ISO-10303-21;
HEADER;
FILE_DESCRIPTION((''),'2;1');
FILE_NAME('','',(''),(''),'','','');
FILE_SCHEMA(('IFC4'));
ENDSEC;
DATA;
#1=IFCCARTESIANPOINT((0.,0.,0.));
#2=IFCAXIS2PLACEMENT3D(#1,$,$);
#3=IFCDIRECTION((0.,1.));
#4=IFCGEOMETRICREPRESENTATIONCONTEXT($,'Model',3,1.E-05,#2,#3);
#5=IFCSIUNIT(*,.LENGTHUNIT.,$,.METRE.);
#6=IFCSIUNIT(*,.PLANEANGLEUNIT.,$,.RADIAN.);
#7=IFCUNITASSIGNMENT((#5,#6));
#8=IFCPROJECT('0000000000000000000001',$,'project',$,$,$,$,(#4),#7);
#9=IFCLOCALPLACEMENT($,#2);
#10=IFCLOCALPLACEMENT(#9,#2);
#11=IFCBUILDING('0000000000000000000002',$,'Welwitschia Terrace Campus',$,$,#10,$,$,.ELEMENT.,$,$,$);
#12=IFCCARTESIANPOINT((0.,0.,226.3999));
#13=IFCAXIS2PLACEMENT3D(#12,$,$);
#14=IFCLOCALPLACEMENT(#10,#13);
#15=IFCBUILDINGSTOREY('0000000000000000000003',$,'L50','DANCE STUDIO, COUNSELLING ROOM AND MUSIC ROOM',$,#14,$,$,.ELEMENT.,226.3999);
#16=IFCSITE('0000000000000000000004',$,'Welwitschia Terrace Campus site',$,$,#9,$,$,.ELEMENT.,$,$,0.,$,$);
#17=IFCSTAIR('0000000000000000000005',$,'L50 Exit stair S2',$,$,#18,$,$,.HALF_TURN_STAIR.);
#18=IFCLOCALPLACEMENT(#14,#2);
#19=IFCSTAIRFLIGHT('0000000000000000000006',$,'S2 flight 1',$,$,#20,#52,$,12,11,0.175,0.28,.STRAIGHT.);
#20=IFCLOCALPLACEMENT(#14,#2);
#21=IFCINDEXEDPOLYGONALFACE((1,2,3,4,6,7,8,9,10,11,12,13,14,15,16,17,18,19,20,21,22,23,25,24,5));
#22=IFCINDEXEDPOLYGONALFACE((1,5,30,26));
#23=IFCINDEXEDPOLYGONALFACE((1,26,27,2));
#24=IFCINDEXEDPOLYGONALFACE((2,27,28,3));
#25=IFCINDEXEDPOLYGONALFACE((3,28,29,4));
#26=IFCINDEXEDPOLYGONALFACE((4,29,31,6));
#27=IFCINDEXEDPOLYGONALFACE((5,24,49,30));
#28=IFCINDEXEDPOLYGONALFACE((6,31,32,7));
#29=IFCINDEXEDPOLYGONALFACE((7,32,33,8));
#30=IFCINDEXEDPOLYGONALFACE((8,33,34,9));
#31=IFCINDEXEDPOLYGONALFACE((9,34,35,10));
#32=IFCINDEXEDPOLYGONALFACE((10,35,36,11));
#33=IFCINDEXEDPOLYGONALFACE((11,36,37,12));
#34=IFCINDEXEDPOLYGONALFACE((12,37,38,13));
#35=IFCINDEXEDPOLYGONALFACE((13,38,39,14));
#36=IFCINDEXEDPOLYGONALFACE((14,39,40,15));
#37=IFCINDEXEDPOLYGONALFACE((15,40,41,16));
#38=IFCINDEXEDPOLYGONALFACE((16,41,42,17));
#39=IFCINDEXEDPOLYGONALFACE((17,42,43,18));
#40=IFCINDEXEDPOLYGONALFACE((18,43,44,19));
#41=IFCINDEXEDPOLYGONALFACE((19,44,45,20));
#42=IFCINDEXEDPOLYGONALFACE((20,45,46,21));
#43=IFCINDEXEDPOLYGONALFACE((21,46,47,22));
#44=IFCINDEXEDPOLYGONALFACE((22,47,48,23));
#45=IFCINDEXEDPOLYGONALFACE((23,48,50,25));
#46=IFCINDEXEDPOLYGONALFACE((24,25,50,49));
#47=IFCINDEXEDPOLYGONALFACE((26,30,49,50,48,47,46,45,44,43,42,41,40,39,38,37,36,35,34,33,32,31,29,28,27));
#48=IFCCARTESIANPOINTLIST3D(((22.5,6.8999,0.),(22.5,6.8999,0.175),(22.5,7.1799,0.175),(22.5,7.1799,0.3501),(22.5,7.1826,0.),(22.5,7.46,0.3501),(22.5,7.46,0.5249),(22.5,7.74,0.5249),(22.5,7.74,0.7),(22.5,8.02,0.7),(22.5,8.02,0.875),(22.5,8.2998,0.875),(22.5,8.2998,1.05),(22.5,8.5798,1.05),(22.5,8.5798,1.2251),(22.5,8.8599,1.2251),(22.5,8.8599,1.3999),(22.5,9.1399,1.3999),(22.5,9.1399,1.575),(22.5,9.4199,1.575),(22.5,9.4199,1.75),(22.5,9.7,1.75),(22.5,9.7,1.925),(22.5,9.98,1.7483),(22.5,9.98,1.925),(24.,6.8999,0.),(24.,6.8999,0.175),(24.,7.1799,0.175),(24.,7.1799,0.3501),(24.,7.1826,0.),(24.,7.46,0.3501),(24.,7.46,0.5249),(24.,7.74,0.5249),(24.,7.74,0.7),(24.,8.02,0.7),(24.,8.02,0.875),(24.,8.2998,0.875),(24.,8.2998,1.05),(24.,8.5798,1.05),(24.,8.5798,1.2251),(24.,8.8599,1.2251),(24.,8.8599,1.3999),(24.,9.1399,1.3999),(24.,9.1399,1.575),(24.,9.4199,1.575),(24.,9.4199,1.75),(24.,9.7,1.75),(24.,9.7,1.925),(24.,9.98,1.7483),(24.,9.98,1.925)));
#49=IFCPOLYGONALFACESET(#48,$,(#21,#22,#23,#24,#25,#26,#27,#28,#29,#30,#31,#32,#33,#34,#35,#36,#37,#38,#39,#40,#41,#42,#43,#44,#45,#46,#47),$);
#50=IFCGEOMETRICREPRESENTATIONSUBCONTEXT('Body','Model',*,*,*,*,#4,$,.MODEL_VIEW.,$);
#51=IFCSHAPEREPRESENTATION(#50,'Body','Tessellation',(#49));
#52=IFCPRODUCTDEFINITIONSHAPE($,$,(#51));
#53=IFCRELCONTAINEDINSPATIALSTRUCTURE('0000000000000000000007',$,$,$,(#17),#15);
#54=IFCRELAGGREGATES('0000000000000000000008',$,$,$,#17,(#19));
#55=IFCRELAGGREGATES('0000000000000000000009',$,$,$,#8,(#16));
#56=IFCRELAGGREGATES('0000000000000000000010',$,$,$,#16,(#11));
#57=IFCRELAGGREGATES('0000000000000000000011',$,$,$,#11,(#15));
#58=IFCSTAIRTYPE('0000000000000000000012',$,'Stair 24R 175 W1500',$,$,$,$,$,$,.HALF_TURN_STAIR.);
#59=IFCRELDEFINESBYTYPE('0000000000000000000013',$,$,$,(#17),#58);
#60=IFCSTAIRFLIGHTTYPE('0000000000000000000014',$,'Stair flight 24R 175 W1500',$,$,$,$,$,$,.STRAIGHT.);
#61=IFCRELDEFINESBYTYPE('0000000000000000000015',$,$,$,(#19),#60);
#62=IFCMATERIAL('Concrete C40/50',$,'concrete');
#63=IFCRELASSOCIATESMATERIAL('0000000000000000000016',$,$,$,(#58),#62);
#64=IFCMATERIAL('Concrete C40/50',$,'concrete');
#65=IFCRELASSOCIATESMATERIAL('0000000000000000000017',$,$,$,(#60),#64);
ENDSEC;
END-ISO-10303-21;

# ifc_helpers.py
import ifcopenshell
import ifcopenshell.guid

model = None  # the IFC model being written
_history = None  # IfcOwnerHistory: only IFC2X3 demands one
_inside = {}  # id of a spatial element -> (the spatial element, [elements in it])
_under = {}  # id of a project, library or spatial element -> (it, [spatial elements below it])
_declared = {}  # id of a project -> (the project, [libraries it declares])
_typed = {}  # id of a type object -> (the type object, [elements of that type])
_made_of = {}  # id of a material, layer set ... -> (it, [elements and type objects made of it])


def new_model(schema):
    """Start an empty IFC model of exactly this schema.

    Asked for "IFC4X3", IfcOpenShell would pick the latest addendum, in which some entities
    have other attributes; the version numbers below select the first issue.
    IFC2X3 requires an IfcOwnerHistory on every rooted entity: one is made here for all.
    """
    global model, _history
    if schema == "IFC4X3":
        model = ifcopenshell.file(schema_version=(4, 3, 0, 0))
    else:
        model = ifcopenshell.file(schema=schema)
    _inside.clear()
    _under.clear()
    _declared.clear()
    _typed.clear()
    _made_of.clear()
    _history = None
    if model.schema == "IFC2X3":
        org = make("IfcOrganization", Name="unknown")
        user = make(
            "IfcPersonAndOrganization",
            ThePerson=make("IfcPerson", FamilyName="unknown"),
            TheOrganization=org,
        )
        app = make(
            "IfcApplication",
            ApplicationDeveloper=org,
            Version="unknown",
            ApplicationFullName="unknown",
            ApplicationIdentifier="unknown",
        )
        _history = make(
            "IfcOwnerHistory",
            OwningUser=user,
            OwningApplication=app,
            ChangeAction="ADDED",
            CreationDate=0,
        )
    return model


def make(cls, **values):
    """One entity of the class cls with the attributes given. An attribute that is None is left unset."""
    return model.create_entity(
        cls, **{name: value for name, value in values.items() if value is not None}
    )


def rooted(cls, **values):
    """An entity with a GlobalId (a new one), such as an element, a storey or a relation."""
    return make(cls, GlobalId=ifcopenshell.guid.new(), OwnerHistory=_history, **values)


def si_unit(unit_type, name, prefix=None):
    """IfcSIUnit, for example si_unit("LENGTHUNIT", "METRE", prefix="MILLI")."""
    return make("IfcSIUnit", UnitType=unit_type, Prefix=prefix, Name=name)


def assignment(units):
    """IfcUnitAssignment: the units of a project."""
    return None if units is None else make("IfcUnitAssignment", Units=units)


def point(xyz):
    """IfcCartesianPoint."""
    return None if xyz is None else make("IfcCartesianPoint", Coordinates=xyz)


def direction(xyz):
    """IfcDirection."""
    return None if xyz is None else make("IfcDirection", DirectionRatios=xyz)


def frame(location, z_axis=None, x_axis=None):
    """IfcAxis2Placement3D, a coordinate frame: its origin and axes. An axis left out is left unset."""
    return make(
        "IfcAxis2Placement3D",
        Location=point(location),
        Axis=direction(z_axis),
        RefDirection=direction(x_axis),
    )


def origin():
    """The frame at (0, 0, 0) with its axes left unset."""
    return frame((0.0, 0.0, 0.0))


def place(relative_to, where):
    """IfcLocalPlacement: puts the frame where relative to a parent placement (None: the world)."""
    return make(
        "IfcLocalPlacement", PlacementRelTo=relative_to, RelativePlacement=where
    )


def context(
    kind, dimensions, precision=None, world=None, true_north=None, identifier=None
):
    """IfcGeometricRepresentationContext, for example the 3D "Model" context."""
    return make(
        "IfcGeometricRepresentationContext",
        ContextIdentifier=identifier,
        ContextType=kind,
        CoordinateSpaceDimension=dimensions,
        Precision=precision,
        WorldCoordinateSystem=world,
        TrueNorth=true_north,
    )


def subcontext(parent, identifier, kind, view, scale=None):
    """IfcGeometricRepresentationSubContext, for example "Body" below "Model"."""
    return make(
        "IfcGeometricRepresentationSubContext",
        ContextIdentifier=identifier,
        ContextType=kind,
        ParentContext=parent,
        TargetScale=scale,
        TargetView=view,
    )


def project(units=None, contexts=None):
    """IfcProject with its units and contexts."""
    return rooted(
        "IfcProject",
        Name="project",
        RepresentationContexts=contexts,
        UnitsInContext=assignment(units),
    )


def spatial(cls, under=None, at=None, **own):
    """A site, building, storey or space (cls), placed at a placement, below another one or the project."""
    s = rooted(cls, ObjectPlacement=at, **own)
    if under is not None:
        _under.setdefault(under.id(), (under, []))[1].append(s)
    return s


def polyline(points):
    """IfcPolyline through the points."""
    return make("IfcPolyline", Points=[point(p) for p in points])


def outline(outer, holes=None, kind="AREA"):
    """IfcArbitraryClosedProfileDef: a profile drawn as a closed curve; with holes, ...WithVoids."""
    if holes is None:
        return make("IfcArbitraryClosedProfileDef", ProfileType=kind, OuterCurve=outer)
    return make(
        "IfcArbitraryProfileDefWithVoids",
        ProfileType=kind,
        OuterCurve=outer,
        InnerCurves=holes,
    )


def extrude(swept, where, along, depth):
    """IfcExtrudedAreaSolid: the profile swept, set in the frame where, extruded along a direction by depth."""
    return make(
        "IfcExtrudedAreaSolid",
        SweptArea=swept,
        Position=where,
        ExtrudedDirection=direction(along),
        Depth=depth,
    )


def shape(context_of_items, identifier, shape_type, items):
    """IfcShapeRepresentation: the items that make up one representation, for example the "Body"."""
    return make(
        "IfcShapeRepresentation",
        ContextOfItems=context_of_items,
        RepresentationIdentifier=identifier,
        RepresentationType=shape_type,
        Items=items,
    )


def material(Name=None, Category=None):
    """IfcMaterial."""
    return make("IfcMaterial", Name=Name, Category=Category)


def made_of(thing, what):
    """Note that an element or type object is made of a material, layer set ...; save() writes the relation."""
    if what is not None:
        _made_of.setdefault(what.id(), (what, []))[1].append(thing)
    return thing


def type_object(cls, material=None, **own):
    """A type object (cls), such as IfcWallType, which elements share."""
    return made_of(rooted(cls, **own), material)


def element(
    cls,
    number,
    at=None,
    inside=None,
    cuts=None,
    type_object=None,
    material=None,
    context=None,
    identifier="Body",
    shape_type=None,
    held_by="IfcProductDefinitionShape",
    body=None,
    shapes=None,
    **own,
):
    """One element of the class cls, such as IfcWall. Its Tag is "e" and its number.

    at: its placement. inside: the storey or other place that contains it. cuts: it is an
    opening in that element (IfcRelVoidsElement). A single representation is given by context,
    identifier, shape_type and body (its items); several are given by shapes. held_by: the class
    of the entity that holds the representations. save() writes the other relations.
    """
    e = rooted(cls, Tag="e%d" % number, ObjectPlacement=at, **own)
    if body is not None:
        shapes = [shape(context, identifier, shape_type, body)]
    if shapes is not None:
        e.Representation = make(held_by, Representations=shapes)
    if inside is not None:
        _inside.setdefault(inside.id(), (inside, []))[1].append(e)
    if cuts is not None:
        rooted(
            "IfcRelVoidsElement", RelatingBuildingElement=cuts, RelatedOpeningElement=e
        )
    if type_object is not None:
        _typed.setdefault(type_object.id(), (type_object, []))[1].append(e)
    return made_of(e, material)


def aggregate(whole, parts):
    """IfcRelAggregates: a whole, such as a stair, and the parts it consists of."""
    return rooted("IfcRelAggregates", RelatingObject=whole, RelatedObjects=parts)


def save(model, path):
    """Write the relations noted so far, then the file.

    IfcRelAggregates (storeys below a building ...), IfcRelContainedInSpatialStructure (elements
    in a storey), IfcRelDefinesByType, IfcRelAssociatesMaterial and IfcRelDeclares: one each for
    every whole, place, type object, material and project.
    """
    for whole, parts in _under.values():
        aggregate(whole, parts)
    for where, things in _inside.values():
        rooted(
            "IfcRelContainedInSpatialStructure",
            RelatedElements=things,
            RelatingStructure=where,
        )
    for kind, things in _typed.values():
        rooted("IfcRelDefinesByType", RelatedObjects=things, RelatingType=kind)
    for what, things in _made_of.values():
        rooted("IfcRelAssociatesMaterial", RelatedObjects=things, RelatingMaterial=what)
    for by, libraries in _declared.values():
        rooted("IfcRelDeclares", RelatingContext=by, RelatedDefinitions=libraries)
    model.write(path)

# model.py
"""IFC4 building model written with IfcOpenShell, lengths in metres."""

from ifc_helpers import new_model, si_unit, direction, frame, origin, place, context, subcontext, project, spatial, polyline, outline, extrude, material, type_object, element, aggregate, save


model = new_model("IFC4")

# Units and contexts
model_context = context("Model", 3, precision=1e-05, world=origin(), true_north=direction((0.0, 1.0)))
body_context = subcontext(model_context, "Body", "Model", "MODEL_VIEW")
ifc_project = project(units=[si_unit("LENGTHUNIT", "METRE"), si_unit("PLANEANGLEUNIT", "RADIAN")], contexts=[model_context])

# Site, building, storey
site_placement = place(None, origin())
site = spatial("IfcSite", under=ifc_project, at=site_placement, Name="Welwitschia Terrace Campus site", CompositionType="ELEMENT", RefElevation=0.0)
building_placement = place(site_placement, origin())
building = spatial("IfcBuilding", under=site, at=building_placement, Name="Welwitschia Terrace Campus", CompositionType="ELEMENT")
storey_placement = place(building_placement, frame((0.0, 0.0, 226.3999)))
storey = spatial("IfcBuildingStorey", under=building, at=storey_placement, Name="L50", Description="DANCE STUDIO, COUNSELLING ROOM AND MUSIC ROOM", CompositionType="ELEMENT", Elevation=226.3999)

# Stair, stair flight
ifc_material_1 = material(Name="Concrete C40/50", Category="concrete")
stair_type = type_object("IfcStairType", Name="Stair 24R 175 W1500", PredefinedType="HALF_TURN_STAIR", material=ifc_material_1)
stair_placement = place(storey_placement, origin())
stair = element("IfcStair", 1, at=stair_placement, inside=storey, type_object=stair_type, Name="L50 Exit stair S2", PredefinedType="HALF_TURN_STAIR")
ifc_material_2 = material(Name="Concrete C40/50", Category="concrete")
stair_flight_type = type_object("IfcStairFlightType", Name="Stair flight 24R 175 W1500", PredefinedType="STRAIGHT", material=ifc_material_2)
stair_flight_placement = place(storey_placement, frame((23.25, 6.8999, 0.0), z_axis=(0.0, 0.0, 1.0), x_axis=(0.0, 1.0, 0.0)))
stair_flight = element("IfcStairFlight", 2, at=stair_flight_placement, type_object=stair_flight_type, Name="S2 flight 1", NumberOfRisers=12, NumberOfTreads=11, PredefinedType="STRAIGHT", RiserHeight=0.175, TreadLength=0.28, context=body_context, shape_type="SweptSolid", body=[
    extrude(outline(polyline([(0.0, 0.0), (0.0, 0.175), (0.28, 0.175), (0.28, 0.3501), (0.5601, 0.3501), (0.5601, 0.5249), (0.8401, 0.5249), (0.8401, 0.7), (1.1201, 0.7), (1.1201, 0.875), (1.3999, 0.875), (1.3999, 1.05), (1.6799, 1.05), (1.6799, 1.2251), (1.96, 1.2251), (1.96, 1.3999), (2.24, 1.3999), (2.24, 1.575), (2.52, 1.575), (2.52, 1.75), (2.8, 1.75), (2.8, 1.925), (3.0801, 1.925), (3.0801, 2.1001), (3.0801, 1.7483), (0.2827, 0.0), (0.0, 0.0)])), frame((0.0, 0.75, 0.0), z_axis=(0.0, -1.0, 0.0), x_axis=(1.0, 0.0, 0.0)), (0.0, 0.0, 1.0), 1.5),
])
aggregate(stair, [stair_flight])

save(model, "model.ifc")
